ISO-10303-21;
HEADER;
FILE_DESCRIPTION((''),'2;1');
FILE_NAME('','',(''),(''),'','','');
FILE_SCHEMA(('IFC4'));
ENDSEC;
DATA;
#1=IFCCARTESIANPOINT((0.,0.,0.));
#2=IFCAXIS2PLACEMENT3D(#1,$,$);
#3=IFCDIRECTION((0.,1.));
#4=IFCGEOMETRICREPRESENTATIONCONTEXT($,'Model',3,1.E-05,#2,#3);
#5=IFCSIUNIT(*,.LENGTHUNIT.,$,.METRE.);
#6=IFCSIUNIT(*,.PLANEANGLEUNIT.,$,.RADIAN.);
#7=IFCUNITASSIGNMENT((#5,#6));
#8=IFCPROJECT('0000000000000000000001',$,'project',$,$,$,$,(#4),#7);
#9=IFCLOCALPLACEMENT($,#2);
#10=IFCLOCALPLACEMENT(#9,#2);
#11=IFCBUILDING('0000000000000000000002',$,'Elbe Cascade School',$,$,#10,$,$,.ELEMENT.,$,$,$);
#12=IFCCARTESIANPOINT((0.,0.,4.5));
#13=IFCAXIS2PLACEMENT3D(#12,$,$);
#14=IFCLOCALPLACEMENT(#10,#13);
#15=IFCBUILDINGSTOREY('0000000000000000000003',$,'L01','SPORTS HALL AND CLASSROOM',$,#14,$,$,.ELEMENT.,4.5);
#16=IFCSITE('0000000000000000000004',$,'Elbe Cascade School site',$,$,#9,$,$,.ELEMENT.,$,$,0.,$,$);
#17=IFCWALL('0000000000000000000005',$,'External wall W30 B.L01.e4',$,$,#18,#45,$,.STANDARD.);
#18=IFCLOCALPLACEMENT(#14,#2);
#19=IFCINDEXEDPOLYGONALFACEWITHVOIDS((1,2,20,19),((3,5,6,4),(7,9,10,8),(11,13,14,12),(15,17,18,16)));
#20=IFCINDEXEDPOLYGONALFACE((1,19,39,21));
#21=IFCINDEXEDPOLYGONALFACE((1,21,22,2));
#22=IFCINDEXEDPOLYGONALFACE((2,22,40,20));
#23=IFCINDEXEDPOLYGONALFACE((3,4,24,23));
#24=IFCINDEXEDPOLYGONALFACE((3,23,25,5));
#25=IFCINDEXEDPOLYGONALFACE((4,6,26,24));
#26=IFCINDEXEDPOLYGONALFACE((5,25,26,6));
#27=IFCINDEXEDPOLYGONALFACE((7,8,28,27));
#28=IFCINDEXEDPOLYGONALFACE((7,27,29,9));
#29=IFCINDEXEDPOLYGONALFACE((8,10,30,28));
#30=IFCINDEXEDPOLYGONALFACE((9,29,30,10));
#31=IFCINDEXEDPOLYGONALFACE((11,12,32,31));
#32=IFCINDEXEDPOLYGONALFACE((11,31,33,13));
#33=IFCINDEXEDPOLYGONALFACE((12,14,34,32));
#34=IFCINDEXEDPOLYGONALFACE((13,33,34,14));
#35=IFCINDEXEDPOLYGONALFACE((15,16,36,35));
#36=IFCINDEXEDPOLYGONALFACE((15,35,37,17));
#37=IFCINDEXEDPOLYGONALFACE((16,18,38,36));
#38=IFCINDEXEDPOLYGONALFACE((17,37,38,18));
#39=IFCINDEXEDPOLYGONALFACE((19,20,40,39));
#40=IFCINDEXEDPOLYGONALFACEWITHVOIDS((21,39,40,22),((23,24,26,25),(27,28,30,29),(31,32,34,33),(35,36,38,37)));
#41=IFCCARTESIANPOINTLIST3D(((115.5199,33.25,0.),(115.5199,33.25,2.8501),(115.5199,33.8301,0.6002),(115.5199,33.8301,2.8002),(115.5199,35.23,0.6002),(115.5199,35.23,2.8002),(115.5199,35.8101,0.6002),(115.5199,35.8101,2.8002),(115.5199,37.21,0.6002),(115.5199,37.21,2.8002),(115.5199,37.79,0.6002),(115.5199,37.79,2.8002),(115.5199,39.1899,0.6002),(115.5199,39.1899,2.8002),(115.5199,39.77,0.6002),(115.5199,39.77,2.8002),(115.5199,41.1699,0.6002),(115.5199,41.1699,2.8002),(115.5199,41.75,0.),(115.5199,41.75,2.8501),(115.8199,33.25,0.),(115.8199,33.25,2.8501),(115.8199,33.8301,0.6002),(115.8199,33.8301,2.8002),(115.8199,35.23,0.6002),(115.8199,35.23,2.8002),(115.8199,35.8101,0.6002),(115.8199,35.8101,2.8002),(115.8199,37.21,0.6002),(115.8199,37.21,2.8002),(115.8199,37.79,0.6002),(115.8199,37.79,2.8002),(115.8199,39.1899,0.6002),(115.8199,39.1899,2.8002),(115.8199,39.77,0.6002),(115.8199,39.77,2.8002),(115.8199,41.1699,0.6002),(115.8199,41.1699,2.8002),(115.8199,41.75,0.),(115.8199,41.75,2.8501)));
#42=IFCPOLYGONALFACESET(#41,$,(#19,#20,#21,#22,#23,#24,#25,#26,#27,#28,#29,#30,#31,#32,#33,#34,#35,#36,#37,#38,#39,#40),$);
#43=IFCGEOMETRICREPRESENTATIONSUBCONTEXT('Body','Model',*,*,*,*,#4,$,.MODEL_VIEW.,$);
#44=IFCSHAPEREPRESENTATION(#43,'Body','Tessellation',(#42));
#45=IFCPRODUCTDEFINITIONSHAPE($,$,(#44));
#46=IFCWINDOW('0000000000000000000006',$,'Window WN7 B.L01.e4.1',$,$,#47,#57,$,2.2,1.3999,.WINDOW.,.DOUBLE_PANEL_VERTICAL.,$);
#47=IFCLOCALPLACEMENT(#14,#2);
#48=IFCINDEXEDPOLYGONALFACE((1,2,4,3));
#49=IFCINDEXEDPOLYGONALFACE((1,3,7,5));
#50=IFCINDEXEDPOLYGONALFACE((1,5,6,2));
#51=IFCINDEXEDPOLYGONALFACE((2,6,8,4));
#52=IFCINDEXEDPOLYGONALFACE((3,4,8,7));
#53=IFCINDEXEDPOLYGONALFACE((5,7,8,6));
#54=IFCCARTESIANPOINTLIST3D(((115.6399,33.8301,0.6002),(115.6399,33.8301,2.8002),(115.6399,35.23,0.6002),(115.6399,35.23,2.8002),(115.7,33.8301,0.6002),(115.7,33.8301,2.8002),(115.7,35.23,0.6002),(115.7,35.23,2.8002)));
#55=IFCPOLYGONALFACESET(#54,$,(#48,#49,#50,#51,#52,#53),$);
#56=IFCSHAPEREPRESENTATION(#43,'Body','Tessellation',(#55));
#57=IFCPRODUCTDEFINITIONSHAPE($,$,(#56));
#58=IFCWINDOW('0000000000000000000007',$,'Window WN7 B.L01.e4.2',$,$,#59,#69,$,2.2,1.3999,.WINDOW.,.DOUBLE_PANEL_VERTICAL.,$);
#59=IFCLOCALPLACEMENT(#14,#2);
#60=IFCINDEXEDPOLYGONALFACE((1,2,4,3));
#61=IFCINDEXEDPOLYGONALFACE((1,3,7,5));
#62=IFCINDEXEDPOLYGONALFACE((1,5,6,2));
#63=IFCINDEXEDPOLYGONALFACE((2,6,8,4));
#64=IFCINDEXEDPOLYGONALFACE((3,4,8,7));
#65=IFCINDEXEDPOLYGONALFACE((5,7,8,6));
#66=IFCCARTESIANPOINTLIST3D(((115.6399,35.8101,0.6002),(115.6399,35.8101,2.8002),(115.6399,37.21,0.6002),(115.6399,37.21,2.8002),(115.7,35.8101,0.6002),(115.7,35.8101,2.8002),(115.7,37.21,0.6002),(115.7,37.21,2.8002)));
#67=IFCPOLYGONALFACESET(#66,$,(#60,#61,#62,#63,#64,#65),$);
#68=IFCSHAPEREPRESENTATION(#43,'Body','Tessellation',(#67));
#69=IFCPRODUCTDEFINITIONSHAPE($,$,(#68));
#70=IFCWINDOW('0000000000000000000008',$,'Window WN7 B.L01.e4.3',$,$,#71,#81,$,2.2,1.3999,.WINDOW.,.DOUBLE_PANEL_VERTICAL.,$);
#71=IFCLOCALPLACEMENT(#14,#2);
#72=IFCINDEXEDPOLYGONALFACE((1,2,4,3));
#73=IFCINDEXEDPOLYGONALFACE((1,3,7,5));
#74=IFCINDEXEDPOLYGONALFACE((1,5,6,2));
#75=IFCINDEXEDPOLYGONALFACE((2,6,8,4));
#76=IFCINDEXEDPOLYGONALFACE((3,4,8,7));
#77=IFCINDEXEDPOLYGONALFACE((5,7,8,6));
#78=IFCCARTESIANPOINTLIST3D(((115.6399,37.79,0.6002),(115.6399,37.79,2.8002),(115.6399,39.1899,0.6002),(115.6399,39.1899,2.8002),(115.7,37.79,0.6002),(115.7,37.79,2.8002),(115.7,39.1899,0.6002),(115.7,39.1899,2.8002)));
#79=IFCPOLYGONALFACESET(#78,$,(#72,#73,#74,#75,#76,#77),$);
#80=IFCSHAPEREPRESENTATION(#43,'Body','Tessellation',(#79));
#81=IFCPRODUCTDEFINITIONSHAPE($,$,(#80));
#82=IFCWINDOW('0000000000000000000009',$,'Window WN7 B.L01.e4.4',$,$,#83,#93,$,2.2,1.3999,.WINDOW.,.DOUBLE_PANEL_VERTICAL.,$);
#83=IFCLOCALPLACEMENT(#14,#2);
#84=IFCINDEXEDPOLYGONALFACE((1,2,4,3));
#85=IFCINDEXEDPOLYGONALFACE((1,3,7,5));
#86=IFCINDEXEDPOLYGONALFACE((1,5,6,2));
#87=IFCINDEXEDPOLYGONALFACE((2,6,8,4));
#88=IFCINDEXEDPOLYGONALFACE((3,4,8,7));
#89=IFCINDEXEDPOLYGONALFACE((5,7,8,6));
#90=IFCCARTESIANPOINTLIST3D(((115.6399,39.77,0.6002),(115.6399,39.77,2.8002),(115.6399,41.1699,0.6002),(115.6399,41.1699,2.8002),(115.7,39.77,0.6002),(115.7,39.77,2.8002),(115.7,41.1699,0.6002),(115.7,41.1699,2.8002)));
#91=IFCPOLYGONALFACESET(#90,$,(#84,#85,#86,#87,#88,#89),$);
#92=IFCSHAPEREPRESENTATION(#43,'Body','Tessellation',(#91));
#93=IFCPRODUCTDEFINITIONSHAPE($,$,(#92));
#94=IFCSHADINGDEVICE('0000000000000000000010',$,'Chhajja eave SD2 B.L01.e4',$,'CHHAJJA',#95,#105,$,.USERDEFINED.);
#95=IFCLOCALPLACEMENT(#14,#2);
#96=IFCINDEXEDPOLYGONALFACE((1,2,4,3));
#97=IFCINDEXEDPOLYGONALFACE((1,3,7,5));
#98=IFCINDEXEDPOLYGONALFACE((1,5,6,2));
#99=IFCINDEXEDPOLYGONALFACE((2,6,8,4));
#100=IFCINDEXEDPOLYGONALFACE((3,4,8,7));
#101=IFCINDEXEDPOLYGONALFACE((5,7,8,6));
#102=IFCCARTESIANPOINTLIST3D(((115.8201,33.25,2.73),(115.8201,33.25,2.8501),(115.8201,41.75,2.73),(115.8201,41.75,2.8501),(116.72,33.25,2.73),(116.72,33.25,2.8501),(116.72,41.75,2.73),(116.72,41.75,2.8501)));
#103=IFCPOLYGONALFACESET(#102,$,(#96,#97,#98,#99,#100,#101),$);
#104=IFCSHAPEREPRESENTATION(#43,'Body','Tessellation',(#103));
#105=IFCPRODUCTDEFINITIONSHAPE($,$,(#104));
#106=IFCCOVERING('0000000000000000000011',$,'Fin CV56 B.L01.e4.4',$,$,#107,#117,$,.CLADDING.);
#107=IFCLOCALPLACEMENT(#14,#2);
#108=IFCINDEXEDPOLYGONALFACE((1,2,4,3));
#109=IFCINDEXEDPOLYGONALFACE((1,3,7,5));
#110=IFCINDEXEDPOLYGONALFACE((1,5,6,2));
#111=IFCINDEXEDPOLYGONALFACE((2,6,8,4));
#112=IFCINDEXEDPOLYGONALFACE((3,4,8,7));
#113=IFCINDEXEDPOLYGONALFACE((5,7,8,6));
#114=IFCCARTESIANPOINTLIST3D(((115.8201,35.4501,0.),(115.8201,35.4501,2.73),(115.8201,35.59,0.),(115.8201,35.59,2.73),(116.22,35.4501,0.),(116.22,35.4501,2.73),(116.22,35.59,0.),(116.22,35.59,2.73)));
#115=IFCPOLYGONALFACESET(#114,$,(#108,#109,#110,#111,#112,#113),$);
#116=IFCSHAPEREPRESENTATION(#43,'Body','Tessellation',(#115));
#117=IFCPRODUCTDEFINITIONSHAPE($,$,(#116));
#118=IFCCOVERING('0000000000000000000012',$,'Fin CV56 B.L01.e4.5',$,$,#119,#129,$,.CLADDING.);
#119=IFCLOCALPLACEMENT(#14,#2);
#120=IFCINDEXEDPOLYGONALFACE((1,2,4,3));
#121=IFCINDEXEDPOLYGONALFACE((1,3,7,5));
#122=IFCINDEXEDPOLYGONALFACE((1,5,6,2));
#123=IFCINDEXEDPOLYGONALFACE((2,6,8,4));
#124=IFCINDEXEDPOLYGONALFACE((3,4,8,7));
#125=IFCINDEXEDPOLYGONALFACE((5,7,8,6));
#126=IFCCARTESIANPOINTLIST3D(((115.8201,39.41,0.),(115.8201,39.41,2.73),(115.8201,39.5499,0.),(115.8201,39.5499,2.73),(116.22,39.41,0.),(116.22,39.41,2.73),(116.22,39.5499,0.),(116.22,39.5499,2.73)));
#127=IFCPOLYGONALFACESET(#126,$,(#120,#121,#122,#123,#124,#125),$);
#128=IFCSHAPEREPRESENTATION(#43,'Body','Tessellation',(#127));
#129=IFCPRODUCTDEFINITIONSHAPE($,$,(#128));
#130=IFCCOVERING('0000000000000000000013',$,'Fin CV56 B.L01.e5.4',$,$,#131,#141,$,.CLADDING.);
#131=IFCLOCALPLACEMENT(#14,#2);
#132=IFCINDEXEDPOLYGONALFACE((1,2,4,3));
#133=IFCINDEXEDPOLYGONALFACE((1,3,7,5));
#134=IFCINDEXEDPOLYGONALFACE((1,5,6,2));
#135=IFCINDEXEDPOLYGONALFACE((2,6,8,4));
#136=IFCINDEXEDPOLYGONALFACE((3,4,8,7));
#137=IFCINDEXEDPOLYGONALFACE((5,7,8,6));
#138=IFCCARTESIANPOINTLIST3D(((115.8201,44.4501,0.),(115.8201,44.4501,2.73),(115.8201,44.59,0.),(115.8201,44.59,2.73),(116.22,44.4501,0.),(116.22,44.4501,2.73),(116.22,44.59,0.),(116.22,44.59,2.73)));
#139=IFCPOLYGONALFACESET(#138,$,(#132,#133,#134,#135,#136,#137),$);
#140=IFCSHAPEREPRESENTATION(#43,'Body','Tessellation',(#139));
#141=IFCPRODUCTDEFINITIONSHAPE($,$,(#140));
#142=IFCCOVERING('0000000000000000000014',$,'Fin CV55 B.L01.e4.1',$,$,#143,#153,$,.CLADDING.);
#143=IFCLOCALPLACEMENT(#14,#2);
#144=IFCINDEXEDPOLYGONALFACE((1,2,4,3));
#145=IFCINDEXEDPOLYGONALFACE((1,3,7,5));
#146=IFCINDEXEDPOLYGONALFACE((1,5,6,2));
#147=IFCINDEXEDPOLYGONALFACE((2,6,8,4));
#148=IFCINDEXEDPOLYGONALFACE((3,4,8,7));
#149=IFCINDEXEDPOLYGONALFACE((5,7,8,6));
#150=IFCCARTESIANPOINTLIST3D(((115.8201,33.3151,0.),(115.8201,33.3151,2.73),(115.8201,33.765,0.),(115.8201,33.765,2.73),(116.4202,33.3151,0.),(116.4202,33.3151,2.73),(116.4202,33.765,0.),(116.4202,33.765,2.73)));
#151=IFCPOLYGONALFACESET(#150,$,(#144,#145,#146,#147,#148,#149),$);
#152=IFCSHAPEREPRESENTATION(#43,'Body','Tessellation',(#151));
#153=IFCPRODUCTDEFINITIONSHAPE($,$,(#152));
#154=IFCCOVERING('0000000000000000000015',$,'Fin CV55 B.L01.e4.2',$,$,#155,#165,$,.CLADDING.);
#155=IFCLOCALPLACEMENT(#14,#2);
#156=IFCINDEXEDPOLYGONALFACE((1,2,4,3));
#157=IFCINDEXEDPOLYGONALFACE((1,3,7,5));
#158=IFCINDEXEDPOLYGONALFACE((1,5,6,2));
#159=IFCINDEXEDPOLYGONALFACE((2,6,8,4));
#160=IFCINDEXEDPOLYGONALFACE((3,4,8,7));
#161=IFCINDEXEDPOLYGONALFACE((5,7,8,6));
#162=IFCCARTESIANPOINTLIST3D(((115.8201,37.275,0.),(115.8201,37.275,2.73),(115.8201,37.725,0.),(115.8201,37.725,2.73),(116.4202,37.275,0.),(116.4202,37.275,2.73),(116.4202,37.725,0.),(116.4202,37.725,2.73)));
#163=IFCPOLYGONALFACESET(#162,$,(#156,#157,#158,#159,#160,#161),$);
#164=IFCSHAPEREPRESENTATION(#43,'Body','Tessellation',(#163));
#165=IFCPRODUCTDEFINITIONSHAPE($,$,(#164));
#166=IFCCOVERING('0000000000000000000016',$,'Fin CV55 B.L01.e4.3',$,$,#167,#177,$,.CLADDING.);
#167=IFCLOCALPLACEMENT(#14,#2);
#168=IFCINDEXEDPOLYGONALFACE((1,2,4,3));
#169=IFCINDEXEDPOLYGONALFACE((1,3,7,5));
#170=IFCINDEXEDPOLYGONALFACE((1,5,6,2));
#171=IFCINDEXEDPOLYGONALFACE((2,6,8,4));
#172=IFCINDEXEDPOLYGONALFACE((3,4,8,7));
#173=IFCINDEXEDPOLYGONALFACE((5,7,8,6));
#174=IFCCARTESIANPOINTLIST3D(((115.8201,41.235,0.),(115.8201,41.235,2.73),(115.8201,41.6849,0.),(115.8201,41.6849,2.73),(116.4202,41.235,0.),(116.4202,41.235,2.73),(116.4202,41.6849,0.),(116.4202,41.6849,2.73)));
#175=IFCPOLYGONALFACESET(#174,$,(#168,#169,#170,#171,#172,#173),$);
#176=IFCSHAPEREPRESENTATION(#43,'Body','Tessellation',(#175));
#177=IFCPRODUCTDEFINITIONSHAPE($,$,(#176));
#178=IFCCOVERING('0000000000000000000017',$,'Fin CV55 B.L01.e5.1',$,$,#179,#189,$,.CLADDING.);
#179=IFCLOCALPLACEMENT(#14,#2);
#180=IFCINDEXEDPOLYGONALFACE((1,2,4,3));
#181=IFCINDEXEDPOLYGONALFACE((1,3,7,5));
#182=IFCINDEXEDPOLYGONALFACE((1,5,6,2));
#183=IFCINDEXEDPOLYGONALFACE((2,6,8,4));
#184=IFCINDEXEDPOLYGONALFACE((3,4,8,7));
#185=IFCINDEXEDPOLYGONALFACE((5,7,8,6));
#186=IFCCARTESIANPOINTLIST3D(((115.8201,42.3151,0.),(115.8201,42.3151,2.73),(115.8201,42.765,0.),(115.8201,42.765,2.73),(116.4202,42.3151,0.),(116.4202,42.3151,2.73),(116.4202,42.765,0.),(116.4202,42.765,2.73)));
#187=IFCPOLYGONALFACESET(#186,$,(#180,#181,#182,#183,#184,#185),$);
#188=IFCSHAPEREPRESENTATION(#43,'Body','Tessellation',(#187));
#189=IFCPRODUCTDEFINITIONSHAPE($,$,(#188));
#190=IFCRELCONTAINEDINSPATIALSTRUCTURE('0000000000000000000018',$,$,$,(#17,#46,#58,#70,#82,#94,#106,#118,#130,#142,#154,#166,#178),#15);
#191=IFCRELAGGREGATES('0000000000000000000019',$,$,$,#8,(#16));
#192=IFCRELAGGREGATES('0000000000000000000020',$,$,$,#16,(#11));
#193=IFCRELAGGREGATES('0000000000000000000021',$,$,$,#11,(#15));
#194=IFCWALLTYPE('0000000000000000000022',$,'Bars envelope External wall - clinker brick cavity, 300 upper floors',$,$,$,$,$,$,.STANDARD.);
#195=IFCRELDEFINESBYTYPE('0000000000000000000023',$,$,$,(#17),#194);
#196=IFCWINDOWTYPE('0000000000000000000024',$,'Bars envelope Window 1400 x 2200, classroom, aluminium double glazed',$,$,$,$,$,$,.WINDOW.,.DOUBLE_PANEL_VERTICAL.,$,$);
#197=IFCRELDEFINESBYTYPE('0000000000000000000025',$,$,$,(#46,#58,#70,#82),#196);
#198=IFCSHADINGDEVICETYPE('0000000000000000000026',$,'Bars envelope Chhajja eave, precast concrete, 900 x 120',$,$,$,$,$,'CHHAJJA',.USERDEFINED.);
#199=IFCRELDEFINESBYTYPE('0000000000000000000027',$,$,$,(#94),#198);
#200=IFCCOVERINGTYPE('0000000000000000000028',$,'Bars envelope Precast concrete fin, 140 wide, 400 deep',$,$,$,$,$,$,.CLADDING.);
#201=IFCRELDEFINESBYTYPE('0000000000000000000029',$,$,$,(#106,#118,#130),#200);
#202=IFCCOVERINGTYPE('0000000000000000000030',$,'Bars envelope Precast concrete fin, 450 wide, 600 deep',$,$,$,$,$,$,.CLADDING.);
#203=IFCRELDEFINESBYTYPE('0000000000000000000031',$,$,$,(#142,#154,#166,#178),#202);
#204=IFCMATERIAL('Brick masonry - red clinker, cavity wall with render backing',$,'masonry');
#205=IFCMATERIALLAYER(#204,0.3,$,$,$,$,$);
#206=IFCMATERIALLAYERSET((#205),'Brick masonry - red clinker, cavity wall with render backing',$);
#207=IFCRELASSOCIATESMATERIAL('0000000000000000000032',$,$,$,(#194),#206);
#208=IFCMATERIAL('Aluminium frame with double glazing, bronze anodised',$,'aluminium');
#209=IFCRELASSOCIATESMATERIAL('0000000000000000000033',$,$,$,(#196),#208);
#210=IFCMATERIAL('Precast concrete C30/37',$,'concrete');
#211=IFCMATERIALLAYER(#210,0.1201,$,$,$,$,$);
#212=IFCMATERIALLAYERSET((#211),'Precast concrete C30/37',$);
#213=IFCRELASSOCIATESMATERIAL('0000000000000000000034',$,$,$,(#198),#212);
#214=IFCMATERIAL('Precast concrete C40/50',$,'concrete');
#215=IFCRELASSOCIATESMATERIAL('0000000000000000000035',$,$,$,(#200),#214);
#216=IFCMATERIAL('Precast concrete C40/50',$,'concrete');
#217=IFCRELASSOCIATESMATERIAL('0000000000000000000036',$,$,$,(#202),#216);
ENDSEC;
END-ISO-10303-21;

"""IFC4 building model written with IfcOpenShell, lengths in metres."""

from ifc_helpers import new_model, si_unit, direction, frame, frame_2d, origin, origin_2d, place, context, subcontext, project, spatial, rectangle, extrude, material, layer, layer_set, type_object, element, fill, save


model = new_model("IFC4")

# Units and contexts
model_context = context("Model", 3, precision=1e-05, world=origin(), true_north=direction((0.0, 1.0)))
body_context = subcontext(model_context, "Body", "Model", "MODEL_VIEW")
ifc_project = project(units=[si_unit("LENGTHUNIT", "METRE"), si_unit("PLANEANGLEUNIT", "RADIAN")], contexts=[model_context])

# Site, building, storey
site_placement = place(None, origin())
site = spatial("IfcSite", under=ifc_project, at=site_placement, Name="Elbe Cascade School site", CompositionType="ELEMENT", RefElevation=0.0)
building_placement = place(site_placement, origin())
building = spatial("IfcBuilding", under=site, at=building_placement, Name="Elbe Cascade School", CompositionType="ELEMENT")
storey_placement = place(building_placement, frame((0.0, 0.0, 4.5)))
storey = spatial("IfcBuildingStorey", under=building, at=storey_placement, Name="L01", Description="SPORTS HALL AND CLASSROOM", CompositionType="ELEMENT", Elevation=4.5)

# Wall, openings, windows
ifc_material_1 = material(Name="Brick masonry - red clinker, cavity wall with render backing", Category="masonry")
ifc_layer_1 = layer(ifc_material_1, 0.3)
ifc_layer_set_1 = layer_set([ifc_layer_1], Name="Brick masonry - red clinker, cavity wall with render backing")
wall_type_1 = type_object("IfcWallType", Name="Bars envelope External wall - clinker brick cavity, 300 upper floors", PredefinedType="STANDARD", material=ifc_layer_set_1)
wall_placement = place(storey_placement, frame((115.6699, 41.75, 0.0), z_axis=(0.0, 0.0, 1.0), x_axis=(0.0, -1.0, 0.0)))
wall = element("IfcWall", 1, at=wall_placement, inside=storey, type_object=wall_type_1, Name="External wall W30 B.L01.e4", PredefinedType="STANDARD", context=body_context, shape_type="SweptSolid", body=[
    extrude(rectangle(XDim=8.5, YDim=0.3, at=frame_2d((4.25, 0.0))), origin(), (0.0, 0.0, 1.0), 2.8501),
])
opening_1_placement = place(wall_placement, frame((6.52, 0.0, 0.6001)))
opening_1 = element("IfcOpeningElement", 2, at=opening_1_placement, cuts=wall, PredefinedType="OPENING", context=body_context, shape_type="SweptSolid", body=[
    extrude(rectangle(XDim=1.3999, YDim=2.2, at=frame_2d((0.7, 1.1001))), frame((0.0, 0.1599, 0.0), z_axis=(0.0, -1.0, 0.0), x_axis=(1.0, 0.0, 0.0)), (0.0, 0.0, 1.0), 0.3201),
])
opening_2_placement = place(wall_placement, frame((4.54, 0.0, 0.6001)))
opening_2 = element("IfcOpeningElement", 3, at=opening_2_placement, cuts=wall, PredefinedType="OPENING", context=body_context, shape_type="SweptSolid", body=[
    extrude(rectangle(XDim=1.3999, YDim=2.2, at=frame_2d((0.7, 1.1001))), frame((0.0, 0.1599, 0.0), z_axis=(0.0, -1.0, 0.0), x_axis=(1.0, 0.0, 0.0)), (0.0, 0.0, 1.0), 0.3201),
])
opening_3_placement = place(wall_placement, frame((2.5601, 0.0, 0.6001)))
opening_3 = element("IfcOpeningElement", 4, at=opening_3_placement, cuts=wall, PredefinedType="OPENING", context=body_context, shape_type="SweptSolid", body=[
    extrude(rectangle(XDim=1.3999, YDim=2.2, at=frame_2d((0.7, 1.1001))), frame((0.0, 0.1599, 0.0), z_axis=(0.0, -1.0, 0.0), x_axis=(1.0, 0.0, 0.0)), (0.0, 0.0, 1.0), 0.3201),
])
opening_4_placement = place(wall_placement, frame((0.5801, 0.0, 0.6001)))
opening_4 = element("IfcOpeningElement", 5, at=opening_4_placement, cuts=wall, PredefinedType="OPENING", context=body_context, shape_type="SweptSolid", body=[
    extrude(rectangle(XDim=1.3999, YDim=2.2, at=frame_2d((0.7, 1.1001))), frame((0.0, 0.1599, 0.0), z_axis=(0.0, -1.0, 0.0), x_axis=(1.0, 0.0, 0.0)), (0.0, 0.0, 1.0), 0.3201),
])
ifc_material_2 = material(Name="Aluminium frame with double glazing, bronze anodised", Category="aluminium")
window_type = type_object("IfcWindowType", Name="Bars envelope Window 1400 x 2200, classroom, aluminium double glazed", PartitioningType="DOUBLE_PANEL_VERTICAL", PredefinedType="WINDOW", material=ifc_material_2)
window_1_placement = place(opening_1_placement, origin())
window_1 = element("IfcWindow", 6, at=window_1_placement, inside=storey, type_object=window_type, Name="Window WN7 B.L01.e4.1", OverallHeight=2.2, OverallWidth=1.3999, PartitioningType="DOUBLE_PANEL_VERTICAL", PredefinedType="WINDOW", context=body_context, shape_type="SweptSolid", body=[
    extrude(rectangle(XDim=1.3999, YDim=2.2, at=frame_2d((0.7, 1.1001))), frame((0.0, 0.03, 0.0), z_axis=(0.0, -1.0, 0.0), x_axis=(1.0, 0.0, 0.0)), (0.0, 0.0, 1.0), 0.0601),
])
fill(opening_1, window_1)
window_2_placement = place(opening_2_placement, origin())
window_2 = element("IfcWindow", 7, at=window_2_placement, inside=storey, type_object=window_type, Name="Window WN7 B.L01.e4.2", OverallHeight=2.2, OverallWidth=1.3999, PartitioningType="DOUBLE_PANEL_VERTICAL", PredefinedType="WINDOW", context=body_context, shape_type="SweptSolid", body=[
    extrude(rectangle(XDim=1.3999, YDim=2.2, at=frame_2d((0.7, 1.1001))), frame((0.0, 0.03, 0.0), z_axis=(0.0, -1.0, 0.0), x_axis=(1.0, 0.0, 0.0)), (0.0, 0.0, 1.0), 0.0601),
])
fill(opening_2, window_2)
window_3_placement = place(opening_3_placement, origin())
window_3 = element("IfcWindow", 8, at=window_3_placement, inside=storey, type_object=window_type, Name="Window WN7 B.L01.e4.3", OverallHeight=2.2, OverallWidth=1.3999, PartitioningType="DOUBLE_PANEL_VERTICAL", PredefinedType="WINDOW", context=body_context, shape_type="SweptSolid", body=[
    extrude(rectangle(XDim=1.3999, YDim=2.2, at=frame_2d((0.7, 1.1001))), frame((0.0, 0.03, 0.0), z_axis=(0.0, -1.0, 0.0), x_axis=(1.0, 0.0, 0.0)), (0.0, 0.0, 1.0), 0.0601),
])
fill(opening_3, window_3)
window_4_placement = place(opening_4_placement, origin())
window_4 = element("IfcWindow", 9, at=window_4_placement, inside=storey, type_object=window_type, Name="Window WN7 B.L01.e4.4", OverallHeight=2.2, OverallWidth=1.3999, PartitioningType="DOUBLE_PANEL_VERTICAL", PredefinedType="WINDOW", context=body_context, shape_type="SweptSolid", body=[
    extrude(rectangle(XDim=1.3999, YDim=2.2, at=frame_2d((0.7, 1.1001))), frame((0.0, 0.03, 0.0), z_axis=(0.0, -1.0, 0.0), x_axis=(1.0, 0.0, 0.0)), (0.0, 0.0, 1.0), 0.0601),
])
fill(opening_4, window_4)

# Shading device
ifc_material_3 = material(Name="Precast concrete C30/37", Category="concrete")
ifc_layer_2 = layer(ifc_material_3, 0.1201)
ifc_layer_set_2 = layer_set([ifc_layer_2], Name="Precast concrete C30/37")
shading_device_type = type_object("IfcShadingDeviceType", Name="Bars envelope Chhajja eave, precast concrete, 900 x 120", ElementType="CHHAJJA", PredefinedType="USERDEFINED", material=ifc_layer_set_2)
shading_device_placement = place(storey_placement, frame((116.27, 37.5, 2.73), z_axis=(0.0, 0.0, 1.0), x_axis=(0.0, 1.0, 0.0)))
element("IfcShadingDevice", 10, at=shading_device_placement, inside=storey, type_object=shading_device_type, Name="Chhajja eave SD2 B.L01.e4", ObjectType="CHHAJJA", PredefinedType="USERDEFINED", context=body_context, shape_type="SweptSolid", body=[
    extrude(rectangle(XDim=8.5, YDim=0.8999, at=origin_2d()), origin(), (0.0, 0.0, 1.0), 0.1201),
])

# Coverings
ifc_material_4 = material(Name="Precast concrete C40/50", Category="concrete")
covering_type_1 = type_object("IfcCoveringType", Name="Bars envelope Precast concrete fin, 140 wide, 400 deep", PredefinedType="CLADDING", material=ifc_material_4)
for number, where, z_axis, x_axis, name in (
    (11, (116.02, 35.52, 0.0), (0.0, 0.0, 1.0), (0.0, 1.0, 0.0), "Fin CV56 B.L01.e4.4"),
    (12, (116.02, 39.48, 0.0), (0.0, 0.0, 1.0), (0.0, 1.0, 0.0), "Fin CV56 B.L01.e4.5"),
    (13, (116.02, 44.52, 0.0), (0.0, 0.0, 1.0), (0.0, 1.0, 0.0), "Fin CV56 B.L01.e5.4"),
):
    element("IfcCovering", number, at=place(storey_placement, frame(where, z_axis=z_axis, x_axis=x_axis)), inside=storey, type_object=covering_type_1, Name=name, PredefinedType="CLADDING", context=body_context, shape_type="SweptSolid", body=[
        extrude(rectangle(XDim=0.1399, YDim=0.3999, at=origin_2d()), origin(), (0.0, 0.0, 1.0), 2.73),
    ])
ifc_material_5 = material(Name="Precast concrete C40/50", Category="concrete")
covering_type_2 = type_object("IfcCoveringType", Name="Bars envelope Precast concrete fin, 450 wide, 600 deep", PredefinedType="CLADDING", material=ifc_material_5)
for number, where, z_axis, x_axis, name in (
    (14, (116.1201, 33.54, 0.0), (0.0, 0.0, 1.0), (0.0, 1.0, 0.0), "Fin CV55 B.L01.e4.1"),
    (15, (116.1201, 37.5, 0.0), (0.0, 0.0, 1.0), (0.0, 1.0, 0.0), "Fin CV55 B.L01.e4.2"),
    (16, (116.1201, 41.46, 0.0), (0.0, 0.0, 1.0), (0.0, 1.0, 0.0), "Fin CV55 B.L01.e4.3"),
    (17, (116.1201, 42.54, 0.0), (0.0, 0.0, 1.0), (0.0, 1.0, 0.0), "Fin CV55 B.L01.e5.1"),
):
    element("IfcCovering", number, at=place(storey_placement, frame(where, z_axis=z_axis, x_axis=x_axis)), inside=storey, type_object=covering_type_2, Name=name, PredefinedType="CLADDING", context=body_context, shape_type="SweptSolid", body=[
        extrude(rectangle(XDim=0.45, YDim=0.6001, at=origin_2d()), origin(), (0.0, 0.0, 1.0), 2.73),
    ])

save(model, "model.ifc")
